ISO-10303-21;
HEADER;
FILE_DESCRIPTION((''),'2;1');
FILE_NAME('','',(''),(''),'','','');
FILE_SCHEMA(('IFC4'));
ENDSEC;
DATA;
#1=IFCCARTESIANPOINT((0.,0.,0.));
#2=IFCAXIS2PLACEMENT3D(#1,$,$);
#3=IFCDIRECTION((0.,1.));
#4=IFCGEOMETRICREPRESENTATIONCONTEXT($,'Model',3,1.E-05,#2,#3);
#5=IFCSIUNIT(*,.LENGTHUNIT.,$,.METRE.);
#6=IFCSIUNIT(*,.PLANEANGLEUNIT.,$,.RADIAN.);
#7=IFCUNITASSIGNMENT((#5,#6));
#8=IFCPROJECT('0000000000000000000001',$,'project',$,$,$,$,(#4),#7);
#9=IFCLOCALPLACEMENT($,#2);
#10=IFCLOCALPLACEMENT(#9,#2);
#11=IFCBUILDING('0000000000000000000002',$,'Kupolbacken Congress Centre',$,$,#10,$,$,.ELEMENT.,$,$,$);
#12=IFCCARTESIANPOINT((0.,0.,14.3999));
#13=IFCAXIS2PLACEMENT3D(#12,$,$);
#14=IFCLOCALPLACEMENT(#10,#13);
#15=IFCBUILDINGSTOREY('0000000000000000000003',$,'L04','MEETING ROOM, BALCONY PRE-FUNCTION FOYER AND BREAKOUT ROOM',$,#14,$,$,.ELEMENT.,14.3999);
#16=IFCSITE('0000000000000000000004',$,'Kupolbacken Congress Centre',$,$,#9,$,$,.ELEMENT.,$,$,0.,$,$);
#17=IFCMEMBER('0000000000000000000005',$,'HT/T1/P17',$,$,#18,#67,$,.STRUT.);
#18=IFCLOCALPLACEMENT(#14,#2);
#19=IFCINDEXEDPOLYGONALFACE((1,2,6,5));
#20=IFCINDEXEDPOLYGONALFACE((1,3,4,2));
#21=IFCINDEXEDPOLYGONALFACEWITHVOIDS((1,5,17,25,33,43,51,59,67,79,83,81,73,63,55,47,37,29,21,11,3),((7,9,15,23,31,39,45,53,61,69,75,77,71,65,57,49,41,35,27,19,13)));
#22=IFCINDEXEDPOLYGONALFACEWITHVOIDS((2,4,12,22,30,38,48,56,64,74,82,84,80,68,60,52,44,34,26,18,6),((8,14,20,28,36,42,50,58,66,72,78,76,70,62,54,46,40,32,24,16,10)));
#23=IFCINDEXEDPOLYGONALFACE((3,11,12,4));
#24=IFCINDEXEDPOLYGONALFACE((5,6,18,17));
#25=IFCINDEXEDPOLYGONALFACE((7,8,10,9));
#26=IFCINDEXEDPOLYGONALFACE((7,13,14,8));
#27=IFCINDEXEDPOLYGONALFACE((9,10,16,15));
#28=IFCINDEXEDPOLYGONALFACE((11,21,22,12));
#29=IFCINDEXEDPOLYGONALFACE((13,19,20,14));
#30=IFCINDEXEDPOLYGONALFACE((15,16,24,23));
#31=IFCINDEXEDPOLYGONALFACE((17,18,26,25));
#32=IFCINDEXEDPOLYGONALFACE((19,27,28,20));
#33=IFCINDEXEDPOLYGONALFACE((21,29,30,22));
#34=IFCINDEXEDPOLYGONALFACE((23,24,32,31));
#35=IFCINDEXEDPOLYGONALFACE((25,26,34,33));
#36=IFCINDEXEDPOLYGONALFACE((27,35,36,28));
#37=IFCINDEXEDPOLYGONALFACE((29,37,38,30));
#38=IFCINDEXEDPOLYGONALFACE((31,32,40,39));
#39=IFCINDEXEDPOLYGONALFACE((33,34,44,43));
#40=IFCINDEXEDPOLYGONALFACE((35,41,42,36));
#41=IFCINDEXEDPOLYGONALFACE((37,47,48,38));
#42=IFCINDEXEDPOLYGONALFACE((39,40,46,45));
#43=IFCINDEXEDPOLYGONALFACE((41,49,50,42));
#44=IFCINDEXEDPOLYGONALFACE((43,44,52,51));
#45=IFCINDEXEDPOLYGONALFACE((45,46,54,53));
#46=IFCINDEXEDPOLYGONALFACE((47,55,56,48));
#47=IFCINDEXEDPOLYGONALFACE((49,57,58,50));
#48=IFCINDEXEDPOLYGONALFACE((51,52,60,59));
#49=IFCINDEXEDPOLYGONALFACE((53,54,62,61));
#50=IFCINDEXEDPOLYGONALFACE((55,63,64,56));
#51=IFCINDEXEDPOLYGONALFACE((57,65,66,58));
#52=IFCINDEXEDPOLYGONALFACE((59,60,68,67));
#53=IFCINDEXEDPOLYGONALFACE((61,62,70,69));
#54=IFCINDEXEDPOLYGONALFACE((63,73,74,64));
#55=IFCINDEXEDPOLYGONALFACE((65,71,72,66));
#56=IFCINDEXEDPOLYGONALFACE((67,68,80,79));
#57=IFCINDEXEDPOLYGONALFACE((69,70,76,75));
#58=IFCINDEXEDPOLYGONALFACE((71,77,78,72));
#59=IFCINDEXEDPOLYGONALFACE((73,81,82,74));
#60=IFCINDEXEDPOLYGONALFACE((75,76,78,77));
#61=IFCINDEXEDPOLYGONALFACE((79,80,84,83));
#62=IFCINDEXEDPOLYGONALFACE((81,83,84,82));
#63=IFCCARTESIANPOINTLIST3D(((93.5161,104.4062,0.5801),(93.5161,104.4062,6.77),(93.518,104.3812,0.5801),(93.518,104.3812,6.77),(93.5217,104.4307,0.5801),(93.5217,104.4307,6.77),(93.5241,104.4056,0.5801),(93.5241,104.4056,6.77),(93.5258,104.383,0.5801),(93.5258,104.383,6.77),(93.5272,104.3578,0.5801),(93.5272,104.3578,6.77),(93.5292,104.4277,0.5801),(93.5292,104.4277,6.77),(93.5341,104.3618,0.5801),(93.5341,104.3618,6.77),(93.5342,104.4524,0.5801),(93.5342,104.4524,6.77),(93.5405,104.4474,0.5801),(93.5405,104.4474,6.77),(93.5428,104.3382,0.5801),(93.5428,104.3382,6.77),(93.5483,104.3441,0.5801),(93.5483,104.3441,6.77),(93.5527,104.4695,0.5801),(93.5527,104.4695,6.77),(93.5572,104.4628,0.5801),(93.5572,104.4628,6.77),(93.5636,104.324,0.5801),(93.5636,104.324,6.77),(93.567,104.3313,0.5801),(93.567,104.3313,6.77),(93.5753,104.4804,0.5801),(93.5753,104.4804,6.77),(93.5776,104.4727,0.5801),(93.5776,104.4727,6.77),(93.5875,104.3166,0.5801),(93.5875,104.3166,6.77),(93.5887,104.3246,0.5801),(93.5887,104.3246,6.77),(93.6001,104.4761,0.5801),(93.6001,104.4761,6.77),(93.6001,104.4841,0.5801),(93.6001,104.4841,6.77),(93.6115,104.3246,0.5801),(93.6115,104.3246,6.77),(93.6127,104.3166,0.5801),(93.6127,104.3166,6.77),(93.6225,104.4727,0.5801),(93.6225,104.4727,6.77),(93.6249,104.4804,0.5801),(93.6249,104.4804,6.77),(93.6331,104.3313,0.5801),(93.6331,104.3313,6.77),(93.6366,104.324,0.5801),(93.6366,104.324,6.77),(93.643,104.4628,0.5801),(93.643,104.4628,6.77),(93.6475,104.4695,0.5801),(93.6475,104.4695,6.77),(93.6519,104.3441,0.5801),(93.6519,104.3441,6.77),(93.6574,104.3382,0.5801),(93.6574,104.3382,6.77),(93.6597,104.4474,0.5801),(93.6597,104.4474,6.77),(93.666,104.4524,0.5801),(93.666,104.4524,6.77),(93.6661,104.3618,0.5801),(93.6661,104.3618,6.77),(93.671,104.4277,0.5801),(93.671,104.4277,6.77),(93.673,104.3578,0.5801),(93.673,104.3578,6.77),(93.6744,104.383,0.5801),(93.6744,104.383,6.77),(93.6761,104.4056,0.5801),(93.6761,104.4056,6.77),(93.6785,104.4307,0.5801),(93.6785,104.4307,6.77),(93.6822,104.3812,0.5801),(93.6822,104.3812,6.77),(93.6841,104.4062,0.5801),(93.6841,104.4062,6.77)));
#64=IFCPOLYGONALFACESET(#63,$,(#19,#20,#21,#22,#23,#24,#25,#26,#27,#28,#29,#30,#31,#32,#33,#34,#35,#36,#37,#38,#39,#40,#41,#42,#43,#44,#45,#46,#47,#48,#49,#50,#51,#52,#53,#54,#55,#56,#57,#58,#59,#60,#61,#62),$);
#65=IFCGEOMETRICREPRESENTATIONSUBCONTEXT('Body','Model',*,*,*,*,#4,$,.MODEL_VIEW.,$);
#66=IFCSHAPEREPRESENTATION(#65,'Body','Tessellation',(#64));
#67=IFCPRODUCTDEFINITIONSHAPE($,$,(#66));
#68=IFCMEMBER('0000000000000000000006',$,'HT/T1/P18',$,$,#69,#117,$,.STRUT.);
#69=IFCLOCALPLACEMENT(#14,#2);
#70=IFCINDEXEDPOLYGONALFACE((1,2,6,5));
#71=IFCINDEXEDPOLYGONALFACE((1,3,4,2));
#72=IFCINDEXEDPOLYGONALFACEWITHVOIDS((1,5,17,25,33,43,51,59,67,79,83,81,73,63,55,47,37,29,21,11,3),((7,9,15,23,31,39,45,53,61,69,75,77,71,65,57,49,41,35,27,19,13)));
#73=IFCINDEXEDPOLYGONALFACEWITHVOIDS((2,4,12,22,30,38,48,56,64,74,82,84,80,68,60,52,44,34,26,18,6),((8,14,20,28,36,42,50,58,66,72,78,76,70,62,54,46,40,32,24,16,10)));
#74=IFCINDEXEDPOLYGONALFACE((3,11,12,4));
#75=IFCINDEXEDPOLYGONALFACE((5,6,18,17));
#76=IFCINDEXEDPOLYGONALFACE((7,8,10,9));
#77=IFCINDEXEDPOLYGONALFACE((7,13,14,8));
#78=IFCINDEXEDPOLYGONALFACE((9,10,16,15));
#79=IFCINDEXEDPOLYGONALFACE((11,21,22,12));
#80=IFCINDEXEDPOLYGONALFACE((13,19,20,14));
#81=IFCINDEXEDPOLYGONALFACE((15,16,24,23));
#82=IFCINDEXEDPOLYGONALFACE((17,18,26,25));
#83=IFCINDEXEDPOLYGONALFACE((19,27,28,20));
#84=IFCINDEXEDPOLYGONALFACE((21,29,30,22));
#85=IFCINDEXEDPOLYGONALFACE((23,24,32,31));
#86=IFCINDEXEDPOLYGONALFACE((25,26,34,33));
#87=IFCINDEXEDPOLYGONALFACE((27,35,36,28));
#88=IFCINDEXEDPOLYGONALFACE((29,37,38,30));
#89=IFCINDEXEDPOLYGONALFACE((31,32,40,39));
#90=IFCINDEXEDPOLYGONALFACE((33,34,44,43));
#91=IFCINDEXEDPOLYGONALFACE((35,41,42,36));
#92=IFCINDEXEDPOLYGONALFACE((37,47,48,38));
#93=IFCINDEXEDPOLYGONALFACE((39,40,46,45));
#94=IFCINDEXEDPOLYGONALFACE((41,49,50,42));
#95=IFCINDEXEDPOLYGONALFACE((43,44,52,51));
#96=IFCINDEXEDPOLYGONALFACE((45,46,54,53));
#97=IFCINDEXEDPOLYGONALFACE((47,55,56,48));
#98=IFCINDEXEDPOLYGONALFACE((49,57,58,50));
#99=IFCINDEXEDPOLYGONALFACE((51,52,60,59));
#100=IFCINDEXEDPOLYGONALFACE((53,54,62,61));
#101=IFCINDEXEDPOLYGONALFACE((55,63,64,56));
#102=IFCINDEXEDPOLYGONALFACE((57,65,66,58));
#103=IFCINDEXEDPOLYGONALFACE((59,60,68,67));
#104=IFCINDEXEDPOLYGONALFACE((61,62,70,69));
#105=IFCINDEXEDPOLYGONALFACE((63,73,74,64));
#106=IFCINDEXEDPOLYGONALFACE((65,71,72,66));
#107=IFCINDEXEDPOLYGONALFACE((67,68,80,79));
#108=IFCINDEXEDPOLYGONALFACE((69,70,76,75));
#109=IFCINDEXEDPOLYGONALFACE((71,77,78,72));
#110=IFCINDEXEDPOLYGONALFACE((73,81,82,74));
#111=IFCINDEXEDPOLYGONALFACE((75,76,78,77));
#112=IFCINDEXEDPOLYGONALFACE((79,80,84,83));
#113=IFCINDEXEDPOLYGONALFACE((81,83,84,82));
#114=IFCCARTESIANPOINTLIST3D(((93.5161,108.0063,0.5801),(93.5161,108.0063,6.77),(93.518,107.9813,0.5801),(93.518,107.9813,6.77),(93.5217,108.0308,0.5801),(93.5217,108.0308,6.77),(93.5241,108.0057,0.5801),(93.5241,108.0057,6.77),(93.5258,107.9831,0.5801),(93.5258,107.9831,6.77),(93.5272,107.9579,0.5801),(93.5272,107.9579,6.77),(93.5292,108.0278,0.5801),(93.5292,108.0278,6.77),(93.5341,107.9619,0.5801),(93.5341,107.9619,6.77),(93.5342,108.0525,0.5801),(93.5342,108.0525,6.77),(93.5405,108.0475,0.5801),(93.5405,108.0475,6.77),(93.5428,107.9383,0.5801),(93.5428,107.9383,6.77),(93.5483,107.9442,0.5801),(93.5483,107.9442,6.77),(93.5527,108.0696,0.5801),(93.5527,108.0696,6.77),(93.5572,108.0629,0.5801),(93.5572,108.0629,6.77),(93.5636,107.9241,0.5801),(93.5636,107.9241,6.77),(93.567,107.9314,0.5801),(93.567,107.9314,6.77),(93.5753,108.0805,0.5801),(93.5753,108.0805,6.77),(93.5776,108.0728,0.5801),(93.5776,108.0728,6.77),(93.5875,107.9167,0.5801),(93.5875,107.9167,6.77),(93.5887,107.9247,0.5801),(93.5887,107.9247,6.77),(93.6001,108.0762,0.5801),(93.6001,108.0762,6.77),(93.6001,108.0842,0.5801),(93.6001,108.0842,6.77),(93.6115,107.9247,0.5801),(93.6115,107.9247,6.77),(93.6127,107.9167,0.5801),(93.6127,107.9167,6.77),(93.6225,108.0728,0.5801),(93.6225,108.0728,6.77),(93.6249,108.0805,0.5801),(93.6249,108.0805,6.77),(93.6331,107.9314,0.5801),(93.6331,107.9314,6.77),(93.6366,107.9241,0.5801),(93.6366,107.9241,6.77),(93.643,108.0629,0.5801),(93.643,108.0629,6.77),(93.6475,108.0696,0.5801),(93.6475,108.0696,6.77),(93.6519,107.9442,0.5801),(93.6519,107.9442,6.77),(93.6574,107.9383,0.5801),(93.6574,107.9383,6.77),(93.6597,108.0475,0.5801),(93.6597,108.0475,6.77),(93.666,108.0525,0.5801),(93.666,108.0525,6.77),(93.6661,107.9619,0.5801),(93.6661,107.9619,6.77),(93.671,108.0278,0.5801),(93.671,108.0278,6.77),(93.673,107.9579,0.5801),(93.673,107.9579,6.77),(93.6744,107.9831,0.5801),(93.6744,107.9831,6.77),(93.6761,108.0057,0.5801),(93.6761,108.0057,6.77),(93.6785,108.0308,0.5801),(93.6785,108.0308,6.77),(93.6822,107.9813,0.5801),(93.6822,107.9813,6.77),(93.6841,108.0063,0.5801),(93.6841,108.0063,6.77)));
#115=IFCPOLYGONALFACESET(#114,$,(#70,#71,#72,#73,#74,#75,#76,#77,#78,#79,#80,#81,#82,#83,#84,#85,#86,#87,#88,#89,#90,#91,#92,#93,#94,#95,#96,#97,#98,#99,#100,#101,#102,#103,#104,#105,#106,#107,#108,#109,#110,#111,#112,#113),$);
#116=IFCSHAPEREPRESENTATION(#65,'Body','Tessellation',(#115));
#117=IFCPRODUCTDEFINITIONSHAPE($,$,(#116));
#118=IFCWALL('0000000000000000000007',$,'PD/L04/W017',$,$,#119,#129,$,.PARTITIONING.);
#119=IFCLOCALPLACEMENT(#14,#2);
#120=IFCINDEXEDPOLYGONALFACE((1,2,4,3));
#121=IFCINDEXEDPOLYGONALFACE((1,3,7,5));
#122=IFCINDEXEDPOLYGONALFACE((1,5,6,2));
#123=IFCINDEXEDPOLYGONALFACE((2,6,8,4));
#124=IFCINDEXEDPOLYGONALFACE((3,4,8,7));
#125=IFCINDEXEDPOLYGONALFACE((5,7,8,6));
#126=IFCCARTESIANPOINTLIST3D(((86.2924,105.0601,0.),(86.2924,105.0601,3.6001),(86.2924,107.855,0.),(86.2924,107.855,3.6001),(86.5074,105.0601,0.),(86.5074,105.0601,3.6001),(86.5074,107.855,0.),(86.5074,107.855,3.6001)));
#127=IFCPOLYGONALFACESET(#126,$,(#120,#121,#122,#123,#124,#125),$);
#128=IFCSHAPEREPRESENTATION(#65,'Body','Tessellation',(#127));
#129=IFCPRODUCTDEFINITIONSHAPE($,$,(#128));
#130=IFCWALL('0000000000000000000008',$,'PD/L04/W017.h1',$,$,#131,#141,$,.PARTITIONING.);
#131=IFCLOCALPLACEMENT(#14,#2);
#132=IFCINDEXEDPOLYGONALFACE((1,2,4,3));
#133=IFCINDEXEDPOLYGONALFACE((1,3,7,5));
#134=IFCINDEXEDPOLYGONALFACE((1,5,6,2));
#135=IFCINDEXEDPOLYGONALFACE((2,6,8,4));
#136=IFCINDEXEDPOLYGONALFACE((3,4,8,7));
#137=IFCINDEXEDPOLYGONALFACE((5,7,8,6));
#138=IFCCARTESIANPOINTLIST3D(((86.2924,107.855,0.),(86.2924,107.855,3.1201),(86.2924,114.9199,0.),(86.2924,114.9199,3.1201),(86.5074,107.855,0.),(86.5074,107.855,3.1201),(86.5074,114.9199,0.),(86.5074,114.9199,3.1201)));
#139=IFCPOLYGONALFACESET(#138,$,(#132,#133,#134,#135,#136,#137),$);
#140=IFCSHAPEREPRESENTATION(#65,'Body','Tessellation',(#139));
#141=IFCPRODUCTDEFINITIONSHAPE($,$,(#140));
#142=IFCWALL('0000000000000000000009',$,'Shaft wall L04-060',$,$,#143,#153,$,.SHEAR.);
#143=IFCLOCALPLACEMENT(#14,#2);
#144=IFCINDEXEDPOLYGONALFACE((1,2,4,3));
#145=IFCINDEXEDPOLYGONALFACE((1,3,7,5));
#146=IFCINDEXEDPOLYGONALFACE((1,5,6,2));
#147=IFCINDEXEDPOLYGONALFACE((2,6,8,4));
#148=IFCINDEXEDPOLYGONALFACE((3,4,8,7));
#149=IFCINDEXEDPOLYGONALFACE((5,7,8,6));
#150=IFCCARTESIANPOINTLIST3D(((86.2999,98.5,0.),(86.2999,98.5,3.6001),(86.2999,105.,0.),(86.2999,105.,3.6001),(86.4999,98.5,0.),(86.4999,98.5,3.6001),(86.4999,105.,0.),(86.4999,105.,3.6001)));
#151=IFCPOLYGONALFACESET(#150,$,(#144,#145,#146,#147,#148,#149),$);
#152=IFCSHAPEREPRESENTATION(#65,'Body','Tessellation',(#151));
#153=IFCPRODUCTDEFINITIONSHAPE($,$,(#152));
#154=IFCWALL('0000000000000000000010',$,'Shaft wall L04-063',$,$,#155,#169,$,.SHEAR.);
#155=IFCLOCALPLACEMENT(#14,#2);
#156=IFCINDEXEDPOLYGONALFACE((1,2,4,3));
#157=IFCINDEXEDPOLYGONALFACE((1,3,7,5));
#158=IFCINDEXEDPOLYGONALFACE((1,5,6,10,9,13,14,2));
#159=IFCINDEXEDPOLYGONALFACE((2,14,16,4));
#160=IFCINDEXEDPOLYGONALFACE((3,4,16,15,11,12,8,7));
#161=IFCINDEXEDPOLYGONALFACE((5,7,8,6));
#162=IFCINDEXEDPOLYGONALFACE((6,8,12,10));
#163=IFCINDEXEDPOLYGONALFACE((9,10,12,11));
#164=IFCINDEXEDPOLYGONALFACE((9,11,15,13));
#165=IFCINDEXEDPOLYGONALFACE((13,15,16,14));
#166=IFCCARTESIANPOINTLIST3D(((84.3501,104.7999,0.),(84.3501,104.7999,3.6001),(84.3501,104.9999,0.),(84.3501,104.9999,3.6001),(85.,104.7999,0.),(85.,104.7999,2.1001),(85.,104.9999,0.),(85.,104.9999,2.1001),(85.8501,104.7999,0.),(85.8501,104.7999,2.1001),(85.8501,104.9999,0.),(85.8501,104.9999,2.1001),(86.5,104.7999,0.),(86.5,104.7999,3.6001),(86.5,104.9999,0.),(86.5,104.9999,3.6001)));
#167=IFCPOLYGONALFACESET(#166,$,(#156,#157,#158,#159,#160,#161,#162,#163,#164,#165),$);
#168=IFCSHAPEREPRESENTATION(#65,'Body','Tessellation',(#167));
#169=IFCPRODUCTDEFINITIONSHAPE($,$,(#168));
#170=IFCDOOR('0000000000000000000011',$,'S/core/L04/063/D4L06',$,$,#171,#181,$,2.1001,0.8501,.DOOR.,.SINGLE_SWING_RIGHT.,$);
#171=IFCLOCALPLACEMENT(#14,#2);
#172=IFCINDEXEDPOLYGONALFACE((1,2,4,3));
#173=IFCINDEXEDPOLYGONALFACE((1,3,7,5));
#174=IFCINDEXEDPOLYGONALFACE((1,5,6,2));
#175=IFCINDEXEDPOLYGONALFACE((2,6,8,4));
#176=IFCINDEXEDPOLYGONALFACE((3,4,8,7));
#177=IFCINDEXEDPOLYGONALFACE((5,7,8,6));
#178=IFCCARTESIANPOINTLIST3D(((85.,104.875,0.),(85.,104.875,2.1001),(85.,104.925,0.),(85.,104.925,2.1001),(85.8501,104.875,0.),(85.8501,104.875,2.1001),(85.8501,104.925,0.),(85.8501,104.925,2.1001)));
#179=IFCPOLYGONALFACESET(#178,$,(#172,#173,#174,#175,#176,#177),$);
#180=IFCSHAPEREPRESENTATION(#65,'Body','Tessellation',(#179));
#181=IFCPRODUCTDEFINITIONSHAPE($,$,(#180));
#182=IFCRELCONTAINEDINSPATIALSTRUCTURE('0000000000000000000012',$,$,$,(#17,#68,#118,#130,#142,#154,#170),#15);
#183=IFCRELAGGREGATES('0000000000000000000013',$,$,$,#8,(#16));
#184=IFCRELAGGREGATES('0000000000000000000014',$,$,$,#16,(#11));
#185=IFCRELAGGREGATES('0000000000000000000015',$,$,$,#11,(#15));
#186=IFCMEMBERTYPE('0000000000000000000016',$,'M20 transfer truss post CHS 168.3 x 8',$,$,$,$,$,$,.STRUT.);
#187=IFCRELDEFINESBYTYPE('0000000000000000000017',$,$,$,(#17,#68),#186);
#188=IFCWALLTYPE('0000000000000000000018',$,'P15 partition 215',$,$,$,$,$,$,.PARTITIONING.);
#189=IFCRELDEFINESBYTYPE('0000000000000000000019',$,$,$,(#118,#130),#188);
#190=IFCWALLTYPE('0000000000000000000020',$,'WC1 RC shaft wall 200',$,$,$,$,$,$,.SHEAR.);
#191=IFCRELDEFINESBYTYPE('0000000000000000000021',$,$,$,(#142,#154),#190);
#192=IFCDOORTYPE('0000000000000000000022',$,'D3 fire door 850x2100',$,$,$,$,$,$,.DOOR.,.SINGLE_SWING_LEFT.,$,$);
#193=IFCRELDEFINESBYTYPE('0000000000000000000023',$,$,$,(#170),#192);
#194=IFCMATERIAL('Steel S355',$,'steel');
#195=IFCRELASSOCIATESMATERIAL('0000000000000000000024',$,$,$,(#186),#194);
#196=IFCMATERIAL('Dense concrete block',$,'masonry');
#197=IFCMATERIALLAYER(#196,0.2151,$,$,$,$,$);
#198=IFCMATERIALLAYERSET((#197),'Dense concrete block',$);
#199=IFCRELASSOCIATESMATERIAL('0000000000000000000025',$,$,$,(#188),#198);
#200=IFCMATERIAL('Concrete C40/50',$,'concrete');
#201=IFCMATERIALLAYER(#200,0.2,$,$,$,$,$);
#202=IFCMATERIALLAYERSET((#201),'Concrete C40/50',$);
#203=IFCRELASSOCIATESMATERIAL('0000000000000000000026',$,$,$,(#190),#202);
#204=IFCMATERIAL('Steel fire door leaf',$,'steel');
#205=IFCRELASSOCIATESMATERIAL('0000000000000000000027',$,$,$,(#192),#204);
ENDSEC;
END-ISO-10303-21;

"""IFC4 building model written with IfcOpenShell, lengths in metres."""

from ifc_helpers import new_model, si_unit, direction, frame, frame_2d, origin, origin_2d, place, context, subcontext, project, spatial, rectangle, hollow_circle, extrude, material, layer, layer_set, material_profile, profile_set, type_object, element, fill, save


model = new_model("IFC4")

# Units and contexts
model_context = context("Model", 3, precision=1e-05, world=origin(), true_north=direction((0.0, 1.0)))
body_context = subcontext(model_context, "Body", "Model", "MODEL_VIEW")
ifc_project = project(units=[si_unit("LENGTHUNIT", "METRE"), si_unit("PLANEANGLEUNIT", "RADIAN")], contexts=[model_context])

# Site, building, storey
site_placement = place(None, origin())
site = spatial("IfcSite", under=ifc_project, at=site_placement, Name="Kupolbacken Congress Centre", CompositionType="ELEMENT", RefElevation=0.0)
building_placement = place(site_placement, origin())
building = spatial("IfcBuilding", under=site, at=building_placement, Name="Kupolbacken Congress Centre", CompositionType="ELEMENT")
storey_placement = place(building_placement, frame((0.0, 0.0, 14.3999)))
storey = spatial("IfcBuildingStorey", under=building, at=storey_placement, Name="L04", Description="MEETING ROOM, BALCONY PRE-FUNCTION FOYER AND BREAKOUT ROOM", CompositionType="ELEMENT", Elevation=14.3999)

# Members
ifc_material_1 = material(Name="Steel S355", Category="steel")
ifc_material_profile_1 = material_profile(ifc_material_1, hollow_circle(Radius=0.0842, WallThickness=0.0081, at=origin_2d()), Name="CHS 168.3 x 8")
ifc_profile_set_1 = profile_set([ifc_material_profile_1], Name="Steel S355")
member_type_1 = type_object("IfcMemberType", Name="M20 transfer truss post CHS 168.3 x 8", PredefinedType="STRUT", material=ifc_profile_set_1)
for number, where, z_axis, x_axis, name in (
    (1, (93.6001, 104.3999, 0.5801), (0.0, 0.0, 1.0), (0.0, 1.0, 0.0), "HT/T1/P17"),
    (2, (93.6001, 108.0, 0.5801), (0.0, 0.0, 1.0), (0.0, 1.0, 0.0), "HT/T1/P18"),
):
    element("IfcMember", number, at=place(storey_placement, frame(where, z_axis=z_axis, x_axis=x_axis)), inside=storey, type_object=member_type_1, Name=name, PredefinedType="STRUT", context=body_context, shape_type="SweptSolid", body=[
        extrude(hollow_circle(Radius=0.0842, WallThickness=0.0081, at=origin_2d()), origin(), (0.0, 0.0, 1.0), 6.1899),
    ])

# Walls
ifc_material_2 = material(Name="Dense concrete block", Category="masonry")
ifc_layer_1 = layer(ifc_material_2, 0.2151)
ifc_layer_set_1 = layer_set([ifc_layer_1], Name="Dense concrete block")
wall_type_1 = type_object("IfcWallType", Name="P15 partition 215", PredefinedType="PARTITIONING", material=ifc_layer_set_1)
wall_1_placement = place(storey_placement, frame((86.3999, 105.0601, 0.0), z_axis=(0.0, 0.0, 1.0), x_axis=(0.0, 1.0, 0.0)))
element("IfcWall", 3, at=wall_1_placement, inside=storey, type_object=wall_type_1, Name="PD/L04/W017", PredefinedType="PARTITIONING", context=body_context, shape_type="SweptSolid", body=[
    extrude(rectangle(XDim=2.7949, YDim=0.2151, at=frame_2d((1.3975, 0.0))), origin(), (0.0, 0.0, 1.0), 3.6001),
])
wall_2_placement = place(storey_placement, frame((86.3999, 107.855, 0.0), z_axis=(0.0, 0.0, 1.0), x_axis=(0.0, 1.0, 0.0)))
element("IfcWall", 4, at=wall_2_placement, inside=storey, type_object=wall_type_1, Name="PD/L04/W017.h1", PredefinedType="PARTITIONING", context=body_context, shape_type="SweptSolid", body=[
    extrude(rectangle(XDim=7.0649, YDim=0.2151, at=frame_2d((3.5325, 0.0))), origin(), (0.0, 0.0, 1.0), 3.1201),
])
ifc_material_3 = material(Name="Concrete C40/50", Category="concrete")
ifc_layer_2 = layer(ifc_material_3, 0.2)
ifc_layer_set_2 = layer_set([ifc_layer_2], Name="Concrete C40/50")
wall_type_2 = type_object("IfcWallType", Name="WC1 RC shaft wall 200", PredefinedType="SHEAR", material=ifc_layer_set_2)
wall_3_placement = place(storey_placement, frame((86.3999, 98.5, 0.0), z_axis=(0.0, 0.0, 1.0), x_axis=(0.0, 1.0, 0.0)))
element("IfcWall", 5, at=wall_3_placement, inside=storey, type_object=wall_type_2, Name="Shaft wall L04-060", PredefinedType="SHEAR", context=body_context, shape_type="SweptSolid", body=[
    extrude(rectangle(XDim=6.5, YDim=0.2, at=frame_2d((3.25, 0.0))), origin(), (0.0, 0.0, 1.0), 3.6001),
])

# Wall, opening, door
wall_4_placement = place(storey_placement, frame((86.5, 104.8999, 0.0), z_axis=(0.0, 0.0, 1.0), x_axis=(-1.0, 0.0, 0.0)))
wall_4 = element("IfcWall", 6, at=wall_4_placement, inside=storey, type_object=wall_type_2, Name="Shaft wall L04-063", PredefinedType="SHEAR", context=body_context, shape_type="SweptSolid", body=[
    extrude(rectangle(XDim=2.1499, YDim=0.2, at=frame_2d((1.075, 0.0))), origin(), (0.0, 0.0, 1.0), 3.6001),
])
opening_placement = place(wall_4_placement, frame((0.6499, 0.0, 0.0)))
opening = element("IfcOpeningElement", 7, at=opening_placement, cuts=wall_4, PredefinedType="OPENING", context=body_context, shape_type="SweptSolid", body=[
    extrude(rectangle(XDim=0.8501, YDim=2.1001, at=frame_2d((0.425, 1.05))), frame((0.0, 0.1099, 0.0), z_axis=(0.0, -1.0, 0.0), x_axis=(1.0, 0.0, 0.0)), (0.0, 0.0, 1.0), 0.22),
])
ifc_material_4 = material(Name="Steel fire door leaf", Category="steel")
door_type = type_object("IfcDoorType", Name="D3 fire door 850x2100", OperationType="SINGLE_SWING_LEFT", PredefinedType="DOOR", material=ifc_material_4)
door_placement = place(opening_placement, origin())
door = element("IfcDoor", 8, at=door_placement, inside=storey, type_object=door_type, Name="S/core/L04/063/D4L06", OperationType="SINGLE_SWING_RIGHT", OverallHeight=2.1001, OverallWidth=0.8501, PredefinedType="DOOR", context=body_context, shape_type="SweptSolid", body=[
    extrude(rectangle(XDim=0.8501, YDim=2.1001, at=frame_2d((0.425, 1.05))), frame((0.0, 0.0249, 0.0), z_axis=(0.0, -1.0, 0.0), x_axis=(1.0, 0.0, 0.0)), (0.0, 0.0, 1.0), 0.05),
])
fill(opening, door)

save(model, "model.ifc")
